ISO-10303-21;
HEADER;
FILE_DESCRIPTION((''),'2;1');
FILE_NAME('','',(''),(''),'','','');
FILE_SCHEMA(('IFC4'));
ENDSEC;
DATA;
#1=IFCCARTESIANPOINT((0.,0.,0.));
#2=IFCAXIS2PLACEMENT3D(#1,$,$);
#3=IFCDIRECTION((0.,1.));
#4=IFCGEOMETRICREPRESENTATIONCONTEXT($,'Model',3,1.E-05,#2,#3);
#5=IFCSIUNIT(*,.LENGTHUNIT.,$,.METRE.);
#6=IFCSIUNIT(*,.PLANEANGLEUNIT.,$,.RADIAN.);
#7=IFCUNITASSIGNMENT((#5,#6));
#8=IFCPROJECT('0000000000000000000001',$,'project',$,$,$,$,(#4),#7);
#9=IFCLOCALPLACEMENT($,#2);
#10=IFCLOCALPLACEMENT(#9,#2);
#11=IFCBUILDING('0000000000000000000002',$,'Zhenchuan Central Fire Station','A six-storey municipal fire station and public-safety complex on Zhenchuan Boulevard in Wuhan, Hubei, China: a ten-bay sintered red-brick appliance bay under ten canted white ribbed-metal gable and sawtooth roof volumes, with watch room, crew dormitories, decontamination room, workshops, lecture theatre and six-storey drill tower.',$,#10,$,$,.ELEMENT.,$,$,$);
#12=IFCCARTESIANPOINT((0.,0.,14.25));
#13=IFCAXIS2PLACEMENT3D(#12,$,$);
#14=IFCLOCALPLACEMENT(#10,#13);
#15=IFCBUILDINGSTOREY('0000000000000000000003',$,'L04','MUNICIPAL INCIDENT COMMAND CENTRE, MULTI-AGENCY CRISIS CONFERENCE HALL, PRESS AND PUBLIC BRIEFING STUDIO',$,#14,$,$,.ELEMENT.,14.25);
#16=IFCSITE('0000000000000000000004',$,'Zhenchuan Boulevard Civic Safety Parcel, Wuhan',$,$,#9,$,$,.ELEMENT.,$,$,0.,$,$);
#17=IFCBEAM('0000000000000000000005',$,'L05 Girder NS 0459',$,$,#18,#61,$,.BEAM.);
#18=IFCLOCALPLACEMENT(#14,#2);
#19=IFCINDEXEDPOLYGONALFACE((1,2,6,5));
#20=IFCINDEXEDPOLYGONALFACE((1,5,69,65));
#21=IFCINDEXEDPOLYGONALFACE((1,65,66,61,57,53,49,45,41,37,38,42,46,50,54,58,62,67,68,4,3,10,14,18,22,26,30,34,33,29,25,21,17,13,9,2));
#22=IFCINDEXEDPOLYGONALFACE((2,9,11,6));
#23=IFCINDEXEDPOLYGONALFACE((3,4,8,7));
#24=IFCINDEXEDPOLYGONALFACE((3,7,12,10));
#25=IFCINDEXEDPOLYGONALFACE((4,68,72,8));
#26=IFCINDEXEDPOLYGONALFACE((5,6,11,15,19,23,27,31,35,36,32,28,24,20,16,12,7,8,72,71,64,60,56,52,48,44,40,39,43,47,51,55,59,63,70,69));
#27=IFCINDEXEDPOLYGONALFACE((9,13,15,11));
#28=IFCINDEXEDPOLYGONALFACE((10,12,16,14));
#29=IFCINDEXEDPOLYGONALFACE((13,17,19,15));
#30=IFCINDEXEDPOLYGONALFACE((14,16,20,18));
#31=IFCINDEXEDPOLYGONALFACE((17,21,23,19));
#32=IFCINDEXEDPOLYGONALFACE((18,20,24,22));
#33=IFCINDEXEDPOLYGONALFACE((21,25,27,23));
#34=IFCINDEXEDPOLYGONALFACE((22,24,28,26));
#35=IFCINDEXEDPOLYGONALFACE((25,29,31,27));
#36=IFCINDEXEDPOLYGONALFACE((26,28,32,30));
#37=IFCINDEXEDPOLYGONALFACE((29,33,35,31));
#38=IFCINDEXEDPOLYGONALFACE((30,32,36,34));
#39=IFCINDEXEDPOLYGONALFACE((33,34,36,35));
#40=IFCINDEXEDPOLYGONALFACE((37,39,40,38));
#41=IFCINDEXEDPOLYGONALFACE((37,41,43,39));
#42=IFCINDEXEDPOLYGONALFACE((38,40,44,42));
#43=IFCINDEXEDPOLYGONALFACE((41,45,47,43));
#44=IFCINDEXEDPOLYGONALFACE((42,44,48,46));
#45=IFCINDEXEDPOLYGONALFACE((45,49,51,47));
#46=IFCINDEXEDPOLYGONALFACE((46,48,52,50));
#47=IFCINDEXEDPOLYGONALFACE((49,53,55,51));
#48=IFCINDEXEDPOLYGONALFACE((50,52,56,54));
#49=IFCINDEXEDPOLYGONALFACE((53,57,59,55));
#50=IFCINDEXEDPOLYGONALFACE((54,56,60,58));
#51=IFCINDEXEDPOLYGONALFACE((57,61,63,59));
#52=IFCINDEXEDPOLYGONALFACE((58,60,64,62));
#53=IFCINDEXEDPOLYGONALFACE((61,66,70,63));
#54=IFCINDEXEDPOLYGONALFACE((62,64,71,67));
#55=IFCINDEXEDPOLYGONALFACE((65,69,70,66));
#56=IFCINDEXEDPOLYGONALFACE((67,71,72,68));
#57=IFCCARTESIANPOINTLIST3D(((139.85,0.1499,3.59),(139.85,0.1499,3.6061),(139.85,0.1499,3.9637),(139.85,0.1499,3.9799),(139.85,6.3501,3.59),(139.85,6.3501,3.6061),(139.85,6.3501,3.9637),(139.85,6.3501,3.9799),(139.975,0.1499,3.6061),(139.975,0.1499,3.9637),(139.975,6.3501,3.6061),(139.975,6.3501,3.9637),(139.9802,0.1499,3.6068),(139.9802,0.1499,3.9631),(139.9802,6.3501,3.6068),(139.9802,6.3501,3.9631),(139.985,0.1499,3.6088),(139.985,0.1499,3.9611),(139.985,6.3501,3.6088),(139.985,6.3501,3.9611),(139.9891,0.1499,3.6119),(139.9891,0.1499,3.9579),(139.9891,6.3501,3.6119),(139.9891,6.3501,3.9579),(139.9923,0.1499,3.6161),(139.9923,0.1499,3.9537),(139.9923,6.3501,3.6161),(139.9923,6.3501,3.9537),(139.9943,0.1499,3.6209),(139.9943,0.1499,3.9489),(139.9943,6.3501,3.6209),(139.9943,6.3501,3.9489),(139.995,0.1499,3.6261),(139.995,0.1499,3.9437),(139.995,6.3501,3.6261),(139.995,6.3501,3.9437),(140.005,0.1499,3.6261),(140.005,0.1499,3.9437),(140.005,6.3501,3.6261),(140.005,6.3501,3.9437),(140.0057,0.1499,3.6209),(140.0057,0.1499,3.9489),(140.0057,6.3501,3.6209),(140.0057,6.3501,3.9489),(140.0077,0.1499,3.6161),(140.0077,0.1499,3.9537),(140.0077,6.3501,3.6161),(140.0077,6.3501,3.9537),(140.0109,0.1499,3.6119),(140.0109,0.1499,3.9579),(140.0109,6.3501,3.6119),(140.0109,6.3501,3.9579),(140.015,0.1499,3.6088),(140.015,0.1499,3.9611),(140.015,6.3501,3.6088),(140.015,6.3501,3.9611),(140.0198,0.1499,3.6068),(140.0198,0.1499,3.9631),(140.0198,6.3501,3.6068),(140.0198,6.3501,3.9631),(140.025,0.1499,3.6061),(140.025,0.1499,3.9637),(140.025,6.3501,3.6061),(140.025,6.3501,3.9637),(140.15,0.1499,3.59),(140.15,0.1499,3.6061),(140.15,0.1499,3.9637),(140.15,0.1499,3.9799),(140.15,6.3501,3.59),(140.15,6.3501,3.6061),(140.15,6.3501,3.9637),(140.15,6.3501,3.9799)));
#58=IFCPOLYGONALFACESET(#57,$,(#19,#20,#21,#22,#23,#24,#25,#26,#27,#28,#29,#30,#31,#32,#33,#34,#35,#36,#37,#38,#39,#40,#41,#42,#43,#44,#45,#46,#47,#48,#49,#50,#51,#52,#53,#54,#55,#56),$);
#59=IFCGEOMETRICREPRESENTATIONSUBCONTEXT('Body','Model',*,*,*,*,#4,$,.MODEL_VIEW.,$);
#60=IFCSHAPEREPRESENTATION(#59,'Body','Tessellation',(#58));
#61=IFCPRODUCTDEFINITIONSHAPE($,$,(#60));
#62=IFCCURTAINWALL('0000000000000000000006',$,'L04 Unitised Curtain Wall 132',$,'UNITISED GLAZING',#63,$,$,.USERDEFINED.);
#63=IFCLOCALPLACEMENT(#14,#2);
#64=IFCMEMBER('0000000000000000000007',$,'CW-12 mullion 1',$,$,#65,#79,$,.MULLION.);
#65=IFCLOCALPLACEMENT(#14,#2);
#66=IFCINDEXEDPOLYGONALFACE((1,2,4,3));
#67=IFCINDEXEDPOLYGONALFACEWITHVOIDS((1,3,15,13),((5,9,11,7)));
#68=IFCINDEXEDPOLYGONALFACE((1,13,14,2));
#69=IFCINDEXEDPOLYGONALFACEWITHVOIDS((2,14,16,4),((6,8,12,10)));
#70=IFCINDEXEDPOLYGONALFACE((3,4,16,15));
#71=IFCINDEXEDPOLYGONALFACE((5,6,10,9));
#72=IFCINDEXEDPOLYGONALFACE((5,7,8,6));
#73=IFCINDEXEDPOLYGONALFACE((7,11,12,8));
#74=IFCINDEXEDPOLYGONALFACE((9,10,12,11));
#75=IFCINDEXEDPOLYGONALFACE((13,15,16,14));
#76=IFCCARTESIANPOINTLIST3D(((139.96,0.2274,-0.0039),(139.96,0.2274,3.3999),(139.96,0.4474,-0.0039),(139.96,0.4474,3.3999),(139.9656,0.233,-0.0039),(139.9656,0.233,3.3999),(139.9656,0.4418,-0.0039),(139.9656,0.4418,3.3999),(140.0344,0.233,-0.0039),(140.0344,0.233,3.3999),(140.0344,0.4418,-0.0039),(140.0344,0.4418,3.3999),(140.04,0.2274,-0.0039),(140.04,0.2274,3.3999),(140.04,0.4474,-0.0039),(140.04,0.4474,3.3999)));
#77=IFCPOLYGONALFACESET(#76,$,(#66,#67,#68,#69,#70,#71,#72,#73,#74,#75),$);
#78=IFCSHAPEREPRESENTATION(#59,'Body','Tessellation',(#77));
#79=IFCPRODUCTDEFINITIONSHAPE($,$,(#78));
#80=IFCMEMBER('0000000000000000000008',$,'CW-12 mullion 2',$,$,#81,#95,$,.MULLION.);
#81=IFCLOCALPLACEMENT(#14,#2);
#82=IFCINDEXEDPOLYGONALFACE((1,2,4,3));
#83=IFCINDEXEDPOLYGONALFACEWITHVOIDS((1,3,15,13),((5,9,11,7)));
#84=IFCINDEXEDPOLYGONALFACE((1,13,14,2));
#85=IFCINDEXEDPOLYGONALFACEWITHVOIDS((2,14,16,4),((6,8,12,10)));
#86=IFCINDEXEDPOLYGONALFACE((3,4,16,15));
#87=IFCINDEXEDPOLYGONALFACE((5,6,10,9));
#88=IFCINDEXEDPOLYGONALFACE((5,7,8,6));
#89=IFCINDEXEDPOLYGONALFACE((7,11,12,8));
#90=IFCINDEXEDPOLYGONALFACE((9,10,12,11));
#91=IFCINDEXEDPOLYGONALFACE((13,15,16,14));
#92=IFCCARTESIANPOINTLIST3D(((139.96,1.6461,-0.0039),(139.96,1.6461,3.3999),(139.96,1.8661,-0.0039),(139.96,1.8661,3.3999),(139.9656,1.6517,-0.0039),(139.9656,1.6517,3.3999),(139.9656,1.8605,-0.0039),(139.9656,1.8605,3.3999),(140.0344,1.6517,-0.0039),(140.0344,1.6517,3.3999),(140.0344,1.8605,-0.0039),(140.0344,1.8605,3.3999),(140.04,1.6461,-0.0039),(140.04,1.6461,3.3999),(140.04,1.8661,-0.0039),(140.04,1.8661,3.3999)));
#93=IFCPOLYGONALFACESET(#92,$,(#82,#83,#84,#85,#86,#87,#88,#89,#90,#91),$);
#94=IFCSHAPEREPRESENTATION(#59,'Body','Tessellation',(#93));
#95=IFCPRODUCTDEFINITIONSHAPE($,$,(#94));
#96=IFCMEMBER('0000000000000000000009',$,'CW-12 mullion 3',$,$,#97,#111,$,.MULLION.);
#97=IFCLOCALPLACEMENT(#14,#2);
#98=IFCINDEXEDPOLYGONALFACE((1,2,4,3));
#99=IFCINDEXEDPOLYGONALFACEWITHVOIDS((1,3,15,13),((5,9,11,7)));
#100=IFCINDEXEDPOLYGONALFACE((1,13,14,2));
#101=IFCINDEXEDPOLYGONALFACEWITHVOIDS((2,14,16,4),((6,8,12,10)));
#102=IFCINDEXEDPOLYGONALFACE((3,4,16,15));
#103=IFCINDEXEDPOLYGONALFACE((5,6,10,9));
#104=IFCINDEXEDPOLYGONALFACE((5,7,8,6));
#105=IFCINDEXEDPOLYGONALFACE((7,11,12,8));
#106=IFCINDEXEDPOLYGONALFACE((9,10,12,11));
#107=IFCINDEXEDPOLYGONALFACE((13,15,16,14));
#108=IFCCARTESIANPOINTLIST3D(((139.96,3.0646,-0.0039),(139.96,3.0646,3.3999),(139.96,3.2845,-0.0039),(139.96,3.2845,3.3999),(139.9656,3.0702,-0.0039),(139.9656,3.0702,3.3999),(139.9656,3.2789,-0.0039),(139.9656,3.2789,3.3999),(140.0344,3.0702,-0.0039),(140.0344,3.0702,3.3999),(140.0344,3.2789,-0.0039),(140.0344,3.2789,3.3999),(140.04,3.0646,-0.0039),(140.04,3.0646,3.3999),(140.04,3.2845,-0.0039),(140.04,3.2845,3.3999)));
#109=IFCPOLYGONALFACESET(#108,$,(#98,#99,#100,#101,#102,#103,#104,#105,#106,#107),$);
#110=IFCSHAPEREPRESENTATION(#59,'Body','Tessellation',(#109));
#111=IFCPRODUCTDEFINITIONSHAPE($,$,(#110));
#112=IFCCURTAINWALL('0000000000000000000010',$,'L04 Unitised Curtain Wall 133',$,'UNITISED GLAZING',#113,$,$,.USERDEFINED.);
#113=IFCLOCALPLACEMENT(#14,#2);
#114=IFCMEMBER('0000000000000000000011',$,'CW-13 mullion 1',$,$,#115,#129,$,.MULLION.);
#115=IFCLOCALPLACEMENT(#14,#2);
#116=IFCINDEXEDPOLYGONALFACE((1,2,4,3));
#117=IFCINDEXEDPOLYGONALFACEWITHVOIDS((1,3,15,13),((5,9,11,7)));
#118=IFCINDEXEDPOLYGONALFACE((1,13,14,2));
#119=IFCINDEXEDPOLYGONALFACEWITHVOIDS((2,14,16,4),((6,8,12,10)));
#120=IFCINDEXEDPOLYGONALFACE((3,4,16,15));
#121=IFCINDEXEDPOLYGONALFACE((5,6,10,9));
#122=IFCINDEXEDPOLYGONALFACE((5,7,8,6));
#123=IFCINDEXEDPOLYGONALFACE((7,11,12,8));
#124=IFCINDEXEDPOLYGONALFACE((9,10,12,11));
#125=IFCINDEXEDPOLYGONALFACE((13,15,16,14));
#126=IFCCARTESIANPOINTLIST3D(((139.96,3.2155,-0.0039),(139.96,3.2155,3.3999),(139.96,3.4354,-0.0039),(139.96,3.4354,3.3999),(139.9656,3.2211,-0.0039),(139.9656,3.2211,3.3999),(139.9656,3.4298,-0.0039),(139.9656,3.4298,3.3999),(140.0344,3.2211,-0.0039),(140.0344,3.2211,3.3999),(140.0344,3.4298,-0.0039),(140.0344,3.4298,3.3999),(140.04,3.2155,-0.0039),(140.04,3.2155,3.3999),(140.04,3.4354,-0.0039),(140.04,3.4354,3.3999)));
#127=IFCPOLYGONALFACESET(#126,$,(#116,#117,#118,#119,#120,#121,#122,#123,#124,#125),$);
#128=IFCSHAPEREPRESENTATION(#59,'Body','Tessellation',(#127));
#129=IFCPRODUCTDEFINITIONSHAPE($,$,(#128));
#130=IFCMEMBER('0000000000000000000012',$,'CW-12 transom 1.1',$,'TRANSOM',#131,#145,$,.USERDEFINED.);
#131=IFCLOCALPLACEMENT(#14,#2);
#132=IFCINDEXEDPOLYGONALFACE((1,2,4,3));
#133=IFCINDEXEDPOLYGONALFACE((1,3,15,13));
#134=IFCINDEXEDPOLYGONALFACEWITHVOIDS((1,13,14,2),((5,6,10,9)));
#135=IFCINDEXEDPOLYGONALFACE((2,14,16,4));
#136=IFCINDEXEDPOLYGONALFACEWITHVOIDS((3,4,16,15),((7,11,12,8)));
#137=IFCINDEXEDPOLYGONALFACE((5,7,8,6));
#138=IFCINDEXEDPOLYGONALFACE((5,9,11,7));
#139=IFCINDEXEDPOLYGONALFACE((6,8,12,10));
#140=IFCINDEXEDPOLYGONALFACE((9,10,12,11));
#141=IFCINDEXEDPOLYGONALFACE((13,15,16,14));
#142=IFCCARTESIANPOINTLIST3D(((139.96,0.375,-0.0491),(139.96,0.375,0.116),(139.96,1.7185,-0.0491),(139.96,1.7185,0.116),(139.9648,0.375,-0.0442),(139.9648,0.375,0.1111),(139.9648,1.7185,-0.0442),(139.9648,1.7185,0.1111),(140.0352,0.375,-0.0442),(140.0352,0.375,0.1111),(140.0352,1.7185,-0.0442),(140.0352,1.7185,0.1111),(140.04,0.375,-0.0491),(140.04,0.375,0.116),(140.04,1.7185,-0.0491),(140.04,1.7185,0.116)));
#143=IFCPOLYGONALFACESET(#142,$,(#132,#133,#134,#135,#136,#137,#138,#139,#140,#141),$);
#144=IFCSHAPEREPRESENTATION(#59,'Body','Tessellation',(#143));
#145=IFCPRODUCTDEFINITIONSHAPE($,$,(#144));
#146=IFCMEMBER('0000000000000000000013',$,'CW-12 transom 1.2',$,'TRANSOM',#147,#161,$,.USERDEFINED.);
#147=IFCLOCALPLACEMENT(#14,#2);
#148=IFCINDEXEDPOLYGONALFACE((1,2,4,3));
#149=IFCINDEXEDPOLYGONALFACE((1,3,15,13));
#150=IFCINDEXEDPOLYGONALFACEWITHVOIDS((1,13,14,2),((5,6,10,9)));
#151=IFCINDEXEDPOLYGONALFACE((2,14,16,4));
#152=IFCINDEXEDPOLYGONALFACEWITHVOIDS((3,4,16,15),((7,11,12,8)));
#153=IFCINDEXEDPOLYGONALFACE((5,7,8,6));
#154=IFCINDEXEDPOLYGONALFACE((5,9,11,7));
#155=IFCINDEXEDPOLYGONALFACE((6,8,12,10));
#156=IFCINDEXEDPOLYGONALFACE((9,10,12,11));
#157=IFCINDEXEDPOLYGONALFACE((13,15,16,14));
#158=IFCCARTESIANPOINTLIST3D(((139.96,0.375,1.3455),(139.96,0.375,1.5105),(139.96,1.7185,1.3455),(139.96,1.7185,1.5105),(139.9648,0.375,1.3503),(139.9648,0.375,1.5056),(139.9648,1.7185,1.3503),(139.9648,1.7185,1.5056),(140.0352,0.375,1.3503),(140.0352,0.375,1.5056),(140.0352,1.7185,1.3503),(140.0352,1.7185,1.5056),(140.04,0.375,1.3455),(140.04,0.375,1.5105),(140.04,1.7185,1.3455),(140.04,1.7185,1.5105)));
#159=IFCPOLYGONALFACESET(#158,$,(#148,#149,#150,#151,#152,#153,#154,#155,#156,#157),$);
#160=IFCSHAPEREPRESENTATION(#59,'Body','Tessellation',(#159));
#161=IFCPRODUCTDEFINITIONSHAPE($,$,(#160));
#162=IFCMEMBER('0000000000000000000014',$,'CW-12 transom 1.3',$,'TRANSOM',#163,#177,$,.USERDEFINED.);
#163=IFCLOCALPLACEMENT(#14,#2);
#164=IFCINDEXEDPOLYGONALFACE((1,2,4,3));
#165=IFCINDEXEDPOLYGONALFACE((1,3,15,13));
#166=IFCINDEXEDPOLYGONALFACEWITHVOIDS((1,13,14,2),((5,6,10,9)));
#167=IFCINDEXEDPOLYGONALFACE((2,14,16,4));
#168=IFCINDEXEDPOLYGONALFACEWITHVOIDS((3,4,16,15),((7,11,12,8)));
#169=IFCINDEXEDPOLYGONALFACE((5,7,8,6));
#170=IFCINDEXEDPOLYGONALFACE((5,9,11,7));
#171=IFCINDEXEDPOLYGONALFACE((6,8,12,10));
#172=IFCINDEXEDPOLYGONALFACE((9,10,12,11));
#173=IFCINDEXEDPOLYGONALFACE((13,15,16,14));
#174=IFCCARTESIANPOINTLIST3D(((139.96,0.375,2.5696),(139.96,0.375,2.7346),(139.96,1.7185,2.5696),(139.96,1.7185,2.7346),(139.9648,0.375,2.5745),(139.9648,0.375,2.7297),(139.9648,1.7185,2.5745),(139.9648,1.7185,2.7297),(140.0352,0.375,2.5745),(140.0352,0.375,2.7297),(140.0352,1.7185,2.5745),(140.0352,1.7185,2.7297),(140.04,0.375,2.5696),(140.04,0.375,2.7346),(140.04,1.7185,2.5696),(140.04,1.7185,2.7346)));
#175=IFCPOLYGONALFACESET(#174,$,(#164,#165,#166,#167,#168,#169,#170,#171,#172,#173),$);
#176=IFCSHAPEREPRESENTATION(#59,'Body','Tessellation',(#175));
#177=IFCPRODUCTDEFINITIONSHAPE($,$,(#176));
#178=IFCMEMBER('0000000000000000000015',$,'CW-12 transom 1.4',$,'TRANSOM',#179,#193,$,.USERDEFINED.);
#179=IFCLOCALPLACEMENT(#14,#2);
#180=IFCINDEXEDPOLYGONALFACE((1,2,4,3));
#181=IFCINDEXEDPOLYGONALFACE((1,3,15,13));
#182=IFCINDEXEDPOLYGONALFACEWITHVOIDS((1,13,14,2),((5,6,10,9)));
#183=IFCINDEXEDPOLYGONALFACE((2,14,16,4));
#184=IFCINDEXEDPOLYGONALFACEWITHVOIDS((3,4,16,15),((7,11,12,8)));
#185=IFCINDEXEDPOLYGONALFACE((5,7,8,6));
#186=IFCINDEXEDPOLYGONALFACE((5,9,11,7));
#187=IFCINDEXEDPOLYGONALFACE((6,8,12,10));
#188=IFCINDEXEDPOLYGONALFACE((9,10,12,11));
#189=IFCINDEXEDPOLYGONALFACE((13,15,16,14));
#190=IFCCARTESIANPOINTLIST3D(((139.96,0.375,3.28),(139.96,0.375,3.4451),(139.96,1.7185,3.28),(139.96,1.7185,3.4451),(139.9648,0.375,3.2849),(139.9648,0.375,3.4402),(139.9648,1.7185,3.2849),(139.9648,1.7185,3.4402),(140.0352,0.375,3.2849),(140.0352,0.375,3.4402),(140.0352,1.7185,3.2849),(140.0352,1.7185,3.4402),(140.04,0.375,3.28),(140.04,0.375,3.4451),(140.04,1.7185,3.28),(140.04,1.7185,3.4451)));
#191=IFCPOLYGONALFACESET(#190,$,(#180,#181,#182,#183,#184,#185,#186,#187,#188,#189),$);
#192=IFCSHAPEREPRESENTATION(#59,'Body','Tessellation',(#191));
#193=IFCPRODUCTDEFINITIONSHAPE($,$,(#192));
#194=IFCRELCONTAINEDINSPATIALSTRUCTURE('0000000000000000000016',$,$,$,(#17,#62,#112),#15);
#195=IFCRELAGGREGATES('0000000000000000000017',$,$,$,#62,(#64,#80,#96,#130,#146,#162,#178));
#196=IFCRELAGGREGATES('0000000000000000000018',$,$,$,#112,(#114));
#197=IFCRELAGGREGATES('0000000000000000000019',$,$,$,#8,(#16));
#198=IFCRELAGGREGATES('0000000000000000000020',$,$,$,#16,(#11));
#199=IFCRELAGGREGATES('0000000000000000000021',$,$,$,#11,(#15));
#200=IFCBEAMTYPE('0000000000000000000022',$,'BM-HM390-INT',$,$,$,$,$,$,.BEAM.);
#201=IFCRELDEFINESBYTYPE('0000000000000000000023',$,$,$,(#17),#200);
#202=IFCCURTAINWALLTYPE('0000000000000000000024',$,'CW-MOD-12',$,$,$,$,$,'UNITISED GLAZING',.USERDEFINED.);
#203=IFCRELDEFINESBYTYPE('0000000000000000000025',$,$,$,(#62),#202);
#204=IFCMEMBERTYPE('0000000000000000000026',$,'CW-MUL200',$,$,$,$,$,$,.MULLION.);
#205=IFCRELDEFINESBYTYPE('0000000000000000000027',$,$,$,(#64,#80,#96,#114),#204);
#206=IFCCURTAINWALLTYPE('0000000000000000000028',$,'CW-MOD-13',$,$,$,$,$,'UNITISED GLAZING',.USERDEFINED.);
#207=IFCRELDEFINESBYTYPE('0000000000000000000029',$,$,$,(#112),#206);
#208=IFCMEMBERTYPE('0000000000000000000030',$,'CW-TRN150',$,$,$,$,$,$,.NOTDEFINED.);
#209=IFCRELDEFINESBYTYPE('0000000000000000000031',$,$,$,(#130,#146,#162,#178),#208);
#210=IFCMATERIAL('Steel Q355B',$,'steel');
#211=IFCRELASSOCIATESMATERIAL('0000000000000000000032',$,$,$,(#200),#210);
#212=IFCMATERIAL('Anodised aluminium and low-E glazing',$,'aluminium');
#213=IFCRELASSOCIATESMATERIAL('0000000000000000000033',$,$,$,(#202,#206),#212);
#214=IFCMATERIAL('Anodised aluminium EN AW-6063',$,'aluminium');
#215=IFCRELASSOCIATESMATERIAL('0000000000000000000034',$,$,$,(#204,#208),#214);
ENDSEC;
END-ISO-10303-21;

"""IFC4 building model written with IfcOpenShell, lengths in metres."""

from ifc_helpers import new_model, si_unit, direction, frame, origin, origin_2d, place, context, subcontext, project, spatial, hollow_rectangle, i_section, extrude, material, material_profile, profile_set, type_object, element, aggregate, save


model = new_model("IFC4")

# Units and contexts
model_context = context("Model", 3, precision=1e-05, world=origin(), true_north=direction((0.0, 1.0)))
body_context = subcontext(model_context, "Body", "Model", "MODEL_VIEW")
ifc_project = project(units=[si_unit("LENGTHUNIT", "METRE"), si_unit("PLANEANGLEUNIT", "RADIAN")], contexts=[model_context])

# Site, building, storey
site_placement = place(None, origin())
site = spatial("IfcSite", under=ifc_project, at=site_placement, Name="Zhenchuan Boulevard Civic Safety Parcel, Wuhan", CompositionType="ELEMENT", RefElevation=0.0)
building_placement = place(site_placement, origin())
building = spatial("IfcBuilding", under=site, at=building_placement, Name="Zhenchuan Central Fire Station", Description="A six-storey municipal fire station and public-safety complex on Zhenchuan Boulevard in Wuhan, Hubei, China: a ten-bay sintered red-brick appliance bay under ten canted white ribbed-metal gable and sawtooth roof volumes, with watch room, crew dormitories, decontamination room, workshops, lecture theatre and six-storey drill tower.", CompositionType="ELEMENT")
storey_placement = place(building_placement, frame((0.0, 0.0, 14.25)))
storey = spatial("IfcBuildingStorey", under=building, at=storey_placement, Name="L04", Description="MUNICIPAL INCIDENT COMMAND CENTRE, MULTI-AGENCY CRISIS CONFERENCE HALL, PRESS AND PUBLIC BRIEFING STUDIO", CompositionType="ELEMENT", Elevation=14.25)

# Beam
ifc_material_1 = material(Name="Steel Q355B", Category="steel")
ifc_material_profile_1 = material_profile(ifc_material_1, i_section(OverallWidth=0.3, OverallDepth=0.3899, WebThickness=0.01, FlangeThickness=0.0161, FilletRadius=0.02, at=origin_2d()), Name="HM 390x300")
ifc_profile_set_1 = profile_set([ifc_material_profile_1], Name="Steel Q355B")
beam_type = type_object("IfcBeamType", Name="BM-HM390-INT", PredefinedType="BEAM", material=ifc_profile_set_1)
beam_placement = place(storey_placement, frame((140.0, 0.1499, 3.7849), z_axis=(0.0, 1.0, 0.0), x_axis=(-1.0, 0.0, 0.0)))
element("IfcBeam", 1, at=beam_placement, inside=storey, type_object=beam_type, Name="L05 Girder NS 0459", PredefinedType="BEAM", context=body_context, shape_type="SweptSolid", body=[
    extrude(i_section(OverallWidth=0.3, OverallDepth=0.3899, WebThickness=0.01, FlangeThickness=0.0161, FilletRadius=0.02, at=origin_2d()), origin(), (0.0, 0.0, 1.0), 6.2002),
])

# Curtain wall, members
ifc_material_2 = material(Name="Anodised aluminium and low-E glazing", Category="aluminium")
curtain_wall_type_1 = type_object("IfcCurtainWallType", Name="CW-MOD-12", ElementType="UNITISED GLAZING", PredefinedType="USERDEFINED", material=ifc_material_2)
curtain_wall_1_placement = place(storey_placement, origin())
curtain_wall_1 = element("IfcCurtainWall", 2, at=curtain_wall_1_placement, inside=storey, type_object=curtain_wall_type_1, Name="L04 Unitised Curtain Wall 132", ObjectType="UNITISED GLAZING", PredefinedType="USERDEFINED")
ifc_material_3 = material(Name="Anodised aluminium EN AW-6063", Category="aluminium")
ifc_material_profile_2 = material_profile(ifc_material_3, hollow_rectangle(XDim=0.0801, YDim=0.22, WallThickness=0.0056, at=origin_2d()), Name="ALU-M 220x80")
ifc_profile_set_2 = profile_set([ifc_material_profile_2], Name="Anodised aluminium EN AW-6063")
member_type_1 = type_object("IfcMemberType", Name="CW-MUL200", PredefinedType="MULLION", material=ifc_profile_set_2)
member_1_placement = place(storey_placement, frame((140.0, 0.3374, -0.0039), z_axis=(0.0, 0.0, 1.0), x_axis=(-1.0, 0.0, 0.0)))
member_1 = element("IfcMember", 3, at=member_1_placement, type_object=member_type_1, Name="CW-12 mullion 1", PredefinedType="MULLION", context=body_context, shape_type="SweptSolid", body=[
    extrude(hollow_rectangle(XDim=0.0801, YDim=0.22, WallThickness=0.0056, at=origin_2d()), origin(), (0.0, 0.0, 1.0), 3.4038),
])
member_2_placement = place(storey_placement, frame((140.0, 1.7561, -0.0039), z_axis=(0.0, 0.0, 1.0), x_axis=(-1.0, 0.0, 0.0)))
member_2 = element("IfcMember", 4, at=member_2_placement, type_object=member_type_1, Name="CW-12 mullion 2", PredefinedType="MULLION", context=body_context, shape_type="SweptSolid", body=[
    extrude(hollow_rectangle(XDim=0.0801, YDim=0.22, WallThickness=0.0056, at=origin_2d()), origin(), (0.0, 0.0, 1.0), 3.4038),
])
member_3_placement = place(storey_placement, frame((140.0, 3.1746, -0.0039), z_axis=(0.0, 0.0, 1.0), x_axis=(-1.0, 0.0, 0.0)))
member_3 = element("IfcMember", 5, at=member_3_placement, type_object=member_type_1, Name="CW-12 mullion 3", PredefinedType="MULLION", context=body_context, shape_type="SweptSolid", body=[
    extrude(hollow_rectangle(XDim=0.0801, YDim=0.22, WallThickness=0.0056, at=origin_2d()), origin(), (0.0, 0.0, 1.0), 3.4038),
])

# Curtain wall, member
curtain_wall_type_2 = type_object("IfcCurtainWallType", Name="CW-MOD-13", ElementType="UNITISED GLAZING", PredefinedType="USERDEFINED", material=ifc_material_2)
curtain_wall_2_placement = place(storey_placement, origin())
curtain_wall_2 = element("IfcCurtainWall", 6, at=curtain_wall_2_placement, inside=storey, type_object=curtain_wall_type_2, Name="L04 Unitised Curtain Wall 133", ObjectType="UNITISED GLAZING", PredefinedType="USERDEFINED")
member_4_placement = place(storey_placement, frame((140.0, 3.3254, -0.0039), z_axis=(0.0, 0.0, 1.0), x_axis=(-1.0, 0.0, 0.0)))
member_4 = element("IfcMember", 7, at=member_4_placement, type_object=member_type_1, Name="CW-13 mullion 1", PredefinedType="MULLION", context=body_context, shape_type="SweptSolid", body=[
    extrude(hollow_rectangle(XDim=0.0801, YDim=0.22, WallThickness=0.0056, at=origin_2d()), origin(), (0.0, 0.0, 1.0), 3.4038),
])

# Members
ifc_material_profile_3 = material_profile(ifc_material_3, hollow_rectangle(XDim=0.0801, YDim=0.165, WallThickness=0.0049, at=origin_2d()), Name="ALU-T 165x80")
ifc_profile_set_3 = profile_set([ifc_material_profile_3], Name="Anodised aluminium EN AW-6063")
member_type_2 = type_object("IfcMemberType", Name="CW-TRN150", PredefinedType="NOTDEFINED", material=ifc_profile_set_3)
member_5_placement = place(storey_placement, frame((140.0, 0.375, 0.0334), z_axis=(0.0, 1.0, 0.0), x_axis=(-1.0, 0.0, 0.0)))
member_5 = element("IfcMember", 8, at=member_5_placement, type_object=member_type_2, Name="CW-12 transom 1.1", ObjectType="TRANSOM", PredefinedType="USERDEFINED", context=body_context, shape_type="SweptSolid", body=[
    extrude(hollow_rectangle(XDim=0.0801, YDim=0.165, WallThickness=0.0049, at=origin_2d()), origin(), (0.0, 0.0, 1.0), 1.3435),
])
member_6_placement = place(storey_placement, frame((140.0, 0.375, 1.428), z_axis=(0.0, 1.0, 0.0), x_axis=(-1.0, 0.0, 0.0)))
member_6 = element("IfcMember", 9, at=member_6_placement, type_object=member_type_2, Name="CW-12 transom 1.2", ObjectType="TRANSOM", PredefinedType="USERDEFINED", context=body_context, shape_type="SweptSolid", body=[
    extrude(hollow_rectangle(XDim=0.0801, YDim=0.165, WallThickness=0.0049, at=origin_2d()), origin(), (0.0, 0.0, 1.0), 1.3435),
])
member_7_placement = place(storey_placement, frame((140.0, 0.375, 2.6521), z_axis=(0.0, 1.0, 0.0), x_axis=(-1.0, 0.0, 0.0)))
member_7 = element("IfcMember", 10, at=member_7_placement, type_object=member_type_2, Name="CW-12 transom 1.3", ObjectType="TRANSOM", PredefinedType="USERDEFINED", context=body_context, shape_type="SweptSolid", body=[
    extrude(hollow_rectangle(XDim=0.0801, YDim=0.165, WallThickness=0.0049, at=origin_2d()), origin(), (0.0, 0.0, 1.0), 1.3435),
])
member_8_placement = place(storey_placement, frame((140.0, 0.375, 3.3625), z_axis=(0.0, 1.0, 0.0), x_axis=(-1.0, 0.0, 0.0)))
member_8 = element("IfcMember", 11, at=member_8_placement, type_object=member_type_2, Name="CW-12 transom 1.4", ObjectType="TRANSOM", PredefinedType="USERDEFINED", context=body_context, shape_type="SweptSolid", body=[
    extrude(hollow_rectangle(XDim=0.0801, YDim=0.165, WallThickness=0.0049, at=origin_2d()), origin(), (0.0, 0.0, 1.0), 1.3435),
])

aggregate(curtain_wall_1, [member_1, member_2, member_3, member_5, member_6, member_7, member_8])
aggregate(curtain_wall_2, [member_4])

save(model, "model.ifc")
